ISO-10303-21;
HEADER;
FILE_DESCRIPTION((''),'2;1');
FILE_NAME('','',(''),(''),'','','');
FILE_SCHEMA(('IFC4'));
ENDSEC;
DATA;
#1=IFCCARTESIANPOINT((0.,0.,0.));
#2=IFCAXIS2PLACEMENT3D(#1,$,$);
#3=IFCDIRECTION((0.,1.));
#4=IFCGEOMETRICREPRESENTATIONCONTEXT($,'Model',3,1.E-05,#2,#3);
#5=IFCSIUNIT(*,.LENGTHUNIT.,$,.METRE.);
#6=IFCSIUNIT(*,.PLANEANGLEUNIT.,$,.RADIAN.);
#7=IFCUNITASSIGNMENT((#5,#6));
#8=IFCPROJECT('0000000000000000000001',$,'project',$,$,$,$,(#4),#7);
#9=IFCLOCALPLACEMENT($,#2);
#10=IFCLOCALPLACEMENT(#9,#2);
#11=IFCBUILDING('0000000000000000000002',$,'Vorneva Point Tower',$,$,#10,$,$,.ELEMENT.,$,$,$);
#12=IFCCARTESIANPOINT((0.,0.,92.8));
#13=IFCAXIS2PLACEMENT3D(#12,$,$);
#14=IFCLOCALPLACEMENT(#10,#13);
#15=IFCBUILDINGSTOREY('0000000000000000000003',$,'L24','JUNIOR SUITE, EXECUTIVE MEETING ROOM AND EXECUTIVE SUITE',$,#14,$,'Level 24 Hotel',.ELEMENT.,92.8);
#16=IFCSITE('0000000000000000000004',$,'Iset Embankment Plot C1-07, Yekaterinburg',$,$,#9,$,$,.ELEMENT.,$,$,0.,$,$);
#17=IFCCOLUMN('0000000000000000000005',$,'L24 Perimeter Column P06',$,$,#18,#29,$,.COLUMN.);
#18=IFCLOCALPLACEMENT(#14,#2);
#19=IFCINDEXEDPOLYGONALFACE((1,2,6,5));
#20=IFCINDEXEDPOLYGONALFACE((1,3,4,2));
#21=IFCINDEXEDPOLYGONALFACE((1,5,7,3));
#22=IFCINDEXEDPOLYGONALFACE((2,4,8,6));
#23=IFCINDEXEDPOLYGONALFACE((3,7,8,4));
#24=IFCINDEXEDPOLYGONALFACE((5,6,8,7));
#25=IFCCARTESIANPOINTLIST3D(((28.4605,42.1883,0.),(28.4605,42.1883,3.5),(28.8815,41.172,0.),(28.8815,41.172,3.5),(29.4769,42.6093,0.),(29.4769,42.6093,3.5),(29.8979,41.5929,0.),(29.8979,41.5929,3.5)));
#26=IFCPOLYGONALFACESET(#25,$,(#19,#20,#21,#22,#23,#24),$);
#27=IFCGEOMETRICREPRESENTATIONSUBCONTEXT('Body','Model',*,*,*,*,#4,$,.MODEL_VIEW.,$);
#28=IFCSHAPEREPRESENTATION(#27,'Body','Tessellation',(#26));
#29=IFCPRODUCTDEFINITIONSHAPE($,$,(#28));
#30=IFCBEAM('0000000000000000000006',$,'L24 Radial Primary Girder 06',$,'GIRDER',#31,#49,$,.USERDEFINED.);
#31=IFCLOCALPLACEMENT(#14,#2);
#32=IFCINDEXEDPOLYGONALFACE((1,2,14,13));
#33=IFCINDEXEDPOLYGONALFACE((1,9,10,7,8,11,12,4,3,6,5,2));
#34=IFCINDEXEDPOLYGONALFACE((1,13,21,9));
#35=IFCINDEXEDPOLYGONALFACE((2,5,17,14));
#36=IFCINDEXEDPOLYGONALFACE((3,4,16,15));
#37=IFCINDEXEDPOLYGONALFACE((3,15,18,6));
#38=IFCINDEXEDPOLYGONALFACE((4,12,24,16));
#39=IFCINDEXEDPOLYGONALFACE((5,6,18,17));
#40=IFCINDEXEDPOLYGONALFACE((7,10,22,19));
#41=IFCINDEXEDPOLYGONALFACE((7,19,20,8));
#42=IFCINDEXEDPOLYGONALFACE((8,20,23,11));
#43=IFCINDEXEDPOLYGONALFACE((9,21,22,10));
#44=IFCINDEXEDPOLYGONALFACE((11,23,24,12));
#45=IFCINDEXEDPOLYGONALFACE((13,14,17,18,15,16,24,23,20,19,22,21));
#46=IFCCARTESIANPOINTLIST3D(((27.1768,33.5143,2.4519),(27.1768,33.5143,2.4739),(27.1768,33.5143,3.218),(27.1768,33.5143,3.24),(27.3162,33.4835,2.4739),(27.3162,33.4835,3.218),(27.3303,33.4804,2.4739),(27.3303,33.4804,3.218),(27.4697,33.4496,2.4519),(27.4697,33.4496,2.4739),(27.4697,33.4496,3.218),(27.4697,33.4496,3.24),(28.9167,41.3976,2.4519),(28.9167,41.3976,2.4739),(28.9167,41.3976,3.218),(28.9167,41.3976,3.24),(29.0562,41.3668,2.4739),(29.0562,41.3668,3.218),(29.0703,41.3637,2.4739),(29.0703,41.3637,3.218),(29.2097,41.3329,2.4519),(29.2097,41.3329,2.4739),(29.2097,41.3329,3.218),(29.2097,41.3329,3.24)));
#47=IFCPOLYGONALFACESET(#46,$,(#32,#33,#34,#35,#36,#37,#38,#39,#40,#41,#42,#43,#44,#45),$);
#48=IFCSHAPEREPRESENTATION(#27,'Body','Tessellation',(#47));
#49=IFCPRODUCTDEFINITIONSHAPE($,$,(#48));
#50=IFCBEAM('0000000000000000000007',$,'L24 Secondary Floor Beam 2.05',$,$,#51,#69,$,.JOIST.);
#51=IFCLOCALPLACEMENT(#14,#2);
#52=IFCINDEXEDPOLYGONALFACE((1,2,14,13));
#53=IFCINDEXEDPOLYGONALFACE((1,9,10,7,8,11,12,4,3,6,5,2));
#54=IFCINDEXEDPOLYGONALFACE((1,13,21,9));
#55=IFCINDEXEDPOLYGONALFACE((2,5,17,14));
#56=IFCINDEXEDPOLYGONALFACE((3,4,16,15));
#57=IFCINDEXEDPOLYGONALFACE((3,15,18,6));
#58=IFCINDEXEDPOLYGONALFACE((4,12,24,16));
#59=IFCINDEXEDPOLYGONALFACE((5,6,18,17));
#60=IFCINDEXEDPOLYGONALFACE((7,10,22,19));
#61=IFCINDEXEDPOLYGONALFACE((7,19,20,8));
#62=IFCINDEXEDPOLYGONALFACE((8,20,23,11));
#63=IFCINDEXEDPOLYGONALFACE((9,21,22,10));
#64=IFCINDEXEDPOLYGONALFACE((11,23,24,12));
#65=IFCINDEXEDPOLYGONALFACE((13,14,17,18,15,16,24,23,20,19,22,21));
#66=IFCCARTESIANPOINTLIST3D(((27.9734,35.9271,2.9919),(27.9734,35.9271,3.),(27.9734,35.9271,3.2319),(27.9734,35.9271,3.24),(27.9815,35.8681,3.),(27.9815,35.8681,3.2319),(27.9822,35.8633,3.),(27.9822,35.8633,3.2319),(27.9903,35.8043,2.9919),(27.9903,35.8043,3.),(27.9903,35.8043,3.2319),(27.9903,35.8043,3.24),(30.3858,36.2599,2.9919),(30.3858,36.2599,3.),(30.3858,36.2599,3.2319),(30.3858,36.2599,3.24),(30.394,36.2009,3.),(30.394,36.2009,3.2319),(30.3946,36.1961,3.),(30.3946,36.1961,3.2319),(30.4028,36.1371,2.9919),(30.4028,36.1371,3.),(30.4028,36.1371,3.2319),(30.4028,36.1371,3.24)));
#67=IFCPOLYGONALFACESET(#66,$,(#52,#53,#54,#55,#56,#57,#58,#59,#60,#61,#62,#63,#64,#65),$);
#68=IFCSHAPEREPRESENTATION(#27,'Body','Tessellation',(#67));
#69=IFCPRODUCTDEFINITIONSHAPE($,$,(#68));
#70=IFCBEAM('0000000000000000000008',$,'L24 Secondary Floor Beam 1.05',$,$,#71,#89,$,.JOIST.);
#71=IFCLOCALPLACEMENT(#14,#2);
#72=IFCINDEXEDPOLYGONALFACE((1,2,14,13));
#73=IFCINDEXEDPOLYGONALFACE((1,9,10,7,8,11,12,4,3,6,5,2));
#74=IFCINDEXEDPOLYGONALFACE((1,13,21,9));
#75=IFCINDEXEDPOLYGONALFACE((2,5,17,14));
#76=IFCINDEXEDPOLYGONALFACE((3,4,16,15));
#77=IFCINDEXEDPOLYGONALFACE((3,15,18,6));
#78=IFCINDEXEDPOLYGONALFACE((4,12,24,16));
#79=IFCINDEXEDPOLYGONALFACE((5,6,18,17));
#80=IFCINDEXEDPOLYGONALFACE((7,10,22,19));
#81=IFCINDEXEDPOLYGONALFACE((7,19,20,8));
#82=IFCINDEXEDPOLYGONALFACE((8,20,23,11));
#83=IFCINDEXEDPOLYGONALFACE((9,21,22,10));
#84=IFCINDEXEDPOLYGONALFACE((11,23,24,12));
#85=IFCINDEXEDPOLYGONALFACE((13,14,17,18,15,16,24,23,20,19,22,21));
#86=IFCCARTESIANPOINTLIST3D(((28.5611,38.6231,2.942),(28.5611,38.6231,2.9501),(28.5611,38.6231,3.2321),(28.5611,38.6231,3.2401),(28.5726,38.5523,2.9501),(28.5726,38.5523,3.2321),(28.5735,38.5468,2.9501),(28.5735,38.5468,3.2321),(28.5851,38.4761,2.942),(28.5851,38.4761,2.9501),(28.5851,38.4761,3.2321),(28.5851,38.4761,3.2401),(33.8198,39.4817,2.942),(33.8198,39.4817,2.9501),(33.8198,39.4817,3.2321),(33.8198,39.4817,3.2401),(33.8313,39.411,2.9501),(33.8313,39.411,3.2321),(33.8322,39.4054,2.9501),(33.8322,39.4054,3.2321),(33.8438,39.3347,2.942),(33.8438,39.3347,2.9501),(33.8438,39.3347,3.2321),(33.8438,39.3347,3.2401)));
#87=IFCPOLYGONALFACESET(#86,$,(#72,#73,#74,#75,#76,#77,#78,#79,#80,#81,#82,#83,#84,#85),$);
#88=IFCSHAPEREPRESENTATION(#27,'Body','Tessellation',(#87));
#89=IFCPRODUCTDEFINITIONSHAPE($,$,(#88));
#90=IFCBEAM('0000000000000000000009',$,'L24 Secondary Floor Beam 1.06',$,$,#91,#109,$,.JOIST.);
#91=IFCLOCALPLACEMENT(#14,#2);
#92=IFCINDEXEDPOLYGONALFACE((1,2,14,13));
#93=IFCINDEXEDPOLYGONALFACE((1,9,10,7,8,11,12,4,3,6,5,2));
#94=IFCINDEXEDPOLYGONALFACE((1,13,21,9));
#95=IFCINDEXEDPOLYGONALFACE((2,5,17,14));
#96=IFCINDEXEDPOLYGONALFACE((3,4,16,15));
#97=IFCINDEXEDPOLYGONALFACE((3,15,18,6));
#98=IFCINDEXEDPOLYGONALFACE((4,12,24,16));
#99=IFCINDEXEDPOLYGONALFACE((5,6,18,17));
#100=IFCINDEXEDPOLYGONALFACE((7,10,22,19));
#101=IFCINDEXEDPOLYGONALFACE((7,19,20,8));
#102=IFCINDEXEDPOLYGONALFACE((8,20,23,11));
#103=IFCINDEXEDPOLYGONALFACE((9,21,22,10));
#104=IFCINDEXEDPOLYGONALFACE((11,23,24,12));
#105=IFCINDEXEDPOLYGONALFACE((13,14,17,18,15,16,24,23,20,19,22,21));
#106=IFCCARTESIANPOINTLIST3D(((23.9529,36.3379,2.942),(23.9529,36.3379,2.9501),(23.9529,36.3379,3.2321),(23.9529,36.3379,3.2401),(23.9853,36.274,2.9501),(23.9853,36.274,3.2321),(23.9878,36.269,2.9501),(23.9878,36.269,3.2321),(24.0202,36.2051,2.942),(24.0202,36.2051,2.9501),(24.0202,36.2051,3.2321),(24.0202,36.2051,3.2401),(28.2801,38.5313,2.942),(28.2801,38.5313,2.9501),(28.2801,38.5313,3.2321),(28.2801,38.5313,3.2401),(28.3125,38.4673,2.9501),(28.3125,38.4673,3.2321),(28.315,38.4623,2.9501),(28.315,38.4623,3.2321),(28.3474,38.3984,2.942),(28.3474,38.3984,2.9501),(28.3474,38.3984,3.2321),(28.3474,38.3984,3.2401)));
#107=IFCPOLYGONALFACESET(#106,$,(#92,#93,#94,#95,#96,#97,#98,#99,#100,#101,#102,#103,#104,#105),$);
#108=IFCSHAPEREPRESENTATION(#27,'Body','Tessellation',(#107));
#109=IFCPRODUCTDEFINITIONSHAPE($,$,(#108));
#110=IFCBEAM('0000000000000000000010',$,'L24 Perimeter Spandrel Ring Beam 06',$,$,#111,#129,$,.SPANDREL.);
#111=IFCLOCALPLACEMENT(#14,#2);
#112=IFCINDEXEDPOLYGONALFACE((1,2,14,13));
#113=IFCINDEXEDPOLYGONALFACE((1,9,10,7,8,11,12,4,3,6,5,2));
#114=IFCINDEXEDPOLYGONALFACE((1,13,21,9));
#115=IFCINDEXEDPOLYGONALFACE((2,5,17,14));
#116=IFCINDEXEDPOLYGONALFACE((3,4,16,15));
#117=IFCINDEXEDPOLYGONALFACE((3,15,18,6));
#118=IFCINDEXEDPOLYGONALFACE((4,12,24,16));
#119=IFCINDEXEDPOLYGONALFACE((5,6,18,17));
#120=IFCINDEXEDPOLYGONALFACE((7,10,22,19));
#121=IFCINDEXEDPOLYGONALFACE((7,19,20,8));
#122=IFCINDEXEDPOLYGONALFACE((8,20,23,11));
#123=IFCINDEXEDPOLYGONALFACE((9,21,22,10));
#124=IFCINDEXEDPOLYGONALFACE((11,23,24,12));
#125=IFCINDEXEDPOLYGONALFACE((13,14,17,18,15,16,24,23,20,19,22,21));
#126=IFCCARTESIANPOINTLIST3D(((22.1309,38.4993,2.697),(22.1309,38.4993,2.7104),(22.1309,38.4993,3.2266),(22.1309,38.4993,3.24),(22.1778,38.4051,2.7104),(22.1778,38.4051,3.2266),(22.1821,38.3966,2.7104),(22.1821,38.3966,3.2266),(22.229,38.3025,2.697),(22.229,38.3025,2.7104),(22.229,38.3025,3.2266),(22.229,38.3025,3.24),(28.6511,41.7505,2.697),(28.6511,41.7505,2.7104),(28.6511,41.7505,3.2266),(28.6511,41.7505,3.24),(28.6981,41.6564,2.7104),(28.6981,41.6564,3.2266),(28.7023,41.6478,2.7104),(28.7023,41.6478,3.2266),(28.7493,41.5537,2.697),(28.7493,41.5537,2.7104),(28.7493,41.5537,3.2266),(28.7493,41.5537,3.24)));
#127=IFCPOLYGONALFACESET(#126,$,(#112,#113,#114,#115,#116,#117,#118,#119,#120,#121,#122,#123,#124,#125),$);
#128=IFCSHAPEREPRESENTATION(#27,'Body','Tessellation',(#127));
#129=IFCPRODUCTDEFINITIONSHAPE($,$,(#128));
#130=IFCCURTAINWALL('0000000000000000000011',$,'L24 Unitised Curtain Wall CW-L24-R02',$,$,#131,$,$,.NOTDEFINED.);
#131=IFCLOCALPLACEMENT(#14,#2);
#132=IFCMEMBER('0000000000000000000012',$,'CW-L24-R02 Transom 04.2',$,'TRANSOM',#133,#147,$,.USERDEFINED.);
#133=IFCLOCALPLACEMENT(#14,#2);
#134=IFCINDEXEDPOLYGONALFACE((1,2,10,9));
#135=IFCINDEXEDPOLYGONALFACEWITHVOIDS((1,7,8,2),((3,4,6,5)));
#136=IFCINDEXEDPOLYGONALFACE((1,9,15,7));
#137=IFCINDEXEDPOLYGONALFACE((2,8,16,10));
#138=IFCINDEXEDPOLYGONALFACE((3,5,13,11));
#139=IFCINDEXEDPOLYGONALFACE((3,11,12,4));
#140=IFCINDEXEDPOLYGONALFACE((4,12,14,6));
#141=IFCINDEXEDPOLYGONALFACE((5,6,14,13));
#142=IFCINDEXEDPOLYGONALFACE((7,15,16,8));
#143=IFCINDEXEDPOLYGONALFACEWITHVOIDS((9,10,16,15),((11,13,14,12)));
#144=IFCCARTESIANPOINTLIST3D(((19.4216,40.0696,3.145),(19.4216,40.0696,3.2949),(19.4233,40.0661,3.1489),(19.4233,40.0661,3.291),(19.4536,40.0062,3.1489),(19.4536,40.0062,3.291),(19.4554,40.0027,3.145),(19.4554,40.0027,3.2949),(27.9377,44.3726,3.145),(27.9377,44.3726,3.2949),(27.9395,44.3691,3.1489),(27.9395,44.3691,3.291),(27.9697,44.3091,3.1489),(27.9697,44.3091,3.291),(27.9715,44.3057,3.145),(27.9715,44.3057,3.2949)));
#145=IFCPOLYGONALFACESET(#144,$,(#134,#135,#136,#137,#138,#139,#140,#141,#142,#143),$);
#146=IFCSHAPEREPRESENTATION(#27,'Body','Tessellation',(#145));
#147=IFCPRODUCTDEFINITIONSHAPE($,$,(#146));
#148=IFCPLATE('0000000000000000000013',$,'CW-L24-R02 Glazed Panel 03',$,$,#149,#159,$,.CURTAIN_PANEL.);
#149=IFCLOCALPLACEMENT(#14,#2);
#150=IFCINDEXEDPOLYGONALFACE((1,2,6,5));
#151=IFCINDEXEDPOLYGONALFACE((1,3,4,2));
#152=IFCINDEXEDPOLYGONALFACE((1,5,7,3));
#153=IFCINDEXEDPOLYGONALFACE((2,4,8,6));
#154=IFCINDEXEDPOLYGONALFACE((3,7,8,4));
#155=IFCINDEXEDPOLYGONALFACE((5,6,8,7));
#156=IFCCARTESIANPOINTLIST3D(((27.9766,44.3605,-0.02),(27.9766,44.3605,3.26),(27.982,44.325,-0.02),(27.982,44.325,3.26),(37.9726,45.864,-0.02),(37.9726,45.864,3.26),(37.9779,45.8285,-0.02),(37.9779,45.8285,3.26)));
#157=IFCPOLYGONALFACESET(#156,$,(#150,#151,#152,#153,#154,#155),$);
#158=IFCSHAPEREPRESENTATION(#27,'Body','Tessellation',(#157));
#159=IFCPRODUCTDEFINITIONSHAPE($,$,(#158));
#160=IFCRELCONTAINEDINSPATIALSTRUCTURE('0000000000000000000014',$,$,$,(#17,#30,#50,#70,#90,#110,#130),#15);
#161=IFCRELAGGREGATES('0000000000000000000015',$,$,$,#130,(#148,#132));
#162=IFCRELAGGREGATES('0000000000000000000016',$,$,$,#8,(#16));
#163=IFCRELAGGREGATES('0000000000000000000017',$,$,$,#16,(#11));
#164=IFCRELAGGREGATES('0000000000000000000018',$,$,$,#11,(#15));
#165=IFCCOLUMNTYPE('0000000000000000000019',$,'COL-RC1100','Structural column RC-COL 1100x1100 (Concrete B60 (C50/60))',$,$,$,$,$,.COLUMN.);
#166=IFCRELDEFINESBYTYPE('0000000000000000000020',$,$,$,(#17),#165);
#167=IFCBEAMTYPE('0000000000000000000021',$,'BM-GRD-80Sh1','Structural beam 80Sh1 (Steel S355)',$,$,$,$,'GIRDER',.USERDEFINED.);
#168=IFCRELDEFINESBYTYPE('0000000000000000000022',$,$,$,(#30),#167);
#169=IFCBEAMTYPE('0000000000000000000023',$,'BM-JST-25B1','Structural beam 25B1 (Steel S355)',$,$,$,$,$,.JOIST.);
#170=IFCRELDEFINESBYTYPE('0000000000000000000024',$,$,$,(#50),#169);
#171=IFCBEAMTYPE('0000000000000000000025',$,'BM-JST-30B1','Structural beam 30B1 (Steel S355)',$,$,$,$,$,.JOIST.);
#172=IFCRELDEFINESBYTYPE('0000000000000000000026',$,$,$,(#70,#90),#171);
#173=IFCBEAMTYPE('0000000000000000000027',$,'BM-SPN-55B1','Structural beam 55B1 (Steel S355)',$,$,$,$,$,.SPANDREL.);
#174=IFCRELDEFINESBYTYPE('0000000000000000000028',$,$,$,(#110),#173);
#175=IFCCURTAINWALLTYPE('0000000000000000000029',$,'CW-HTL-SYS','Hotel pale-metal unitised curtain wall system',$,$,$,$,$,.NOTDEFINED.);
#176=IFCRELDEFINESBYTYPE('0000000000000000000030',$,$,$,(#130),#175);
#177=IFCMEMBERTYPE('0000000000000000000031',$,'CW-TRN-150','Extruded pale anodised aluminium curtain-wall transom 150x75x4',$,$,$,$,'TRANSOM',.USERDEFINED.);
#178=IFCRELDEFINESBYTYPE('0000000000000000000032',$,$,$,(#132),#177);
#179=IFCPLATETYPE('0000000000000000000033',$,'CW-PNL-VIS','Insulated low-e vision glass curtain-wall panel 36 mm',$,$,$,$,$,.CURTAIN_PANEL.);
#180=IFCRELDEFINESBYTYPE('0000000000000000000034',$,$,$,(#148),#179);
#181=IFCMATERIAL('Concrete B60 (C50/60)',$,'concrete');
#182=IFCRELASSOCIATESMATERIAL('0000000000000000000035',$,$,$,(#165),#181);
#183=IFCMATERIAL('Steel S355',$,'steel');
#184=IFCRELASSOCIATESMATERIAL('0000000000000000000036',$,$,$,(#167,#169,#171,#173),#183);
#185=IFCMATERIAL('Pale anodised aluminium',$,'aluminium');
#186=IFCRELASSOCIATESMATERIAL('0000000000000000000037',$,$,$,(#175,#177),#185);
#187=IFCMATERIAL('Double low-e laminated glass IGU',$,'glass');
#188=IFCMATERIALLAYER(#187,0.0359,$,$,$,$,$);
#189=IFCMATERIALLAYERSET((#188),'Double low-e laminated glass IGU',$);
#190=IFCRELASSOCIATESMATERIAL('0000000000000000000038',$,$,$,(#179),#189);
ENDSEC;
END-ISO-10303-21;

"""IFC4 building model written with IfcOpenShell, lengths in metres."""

from ifc_helpers import new_model, si_unit, direction, frame, origin, origin_2d, place, context, subcontext, project, spatial, rectangle, hollow_rectangle, i_section, extrude, material, layer, layer_set, material_profile, profile_set, type_object, element, aggregate, save


model = new_model("IFC4")

# Units and contexts
model_context = context("Model", 3, precision=1e-05, world=origin(), true_north=direction((0.0, 1.0)))
body_context = subcontext(model_context, "Body", "Model", "MODEL_VIEW")
ifc_project = project(units=[si_unit("LENGTHUNIT", "METRE"), si_unit("PLANEANGLEUNIT", "RADIAN")], contexts=[model_context])

# Site, building, storey
site_placement = place(None, origin())
site = spatial("IfcSite", under=ifc_project, at=site_placement, Name="Iset Embankment Plot C1-07, Yekaterinburg", CompositionType="ELEMENT", RefElevation=0.0)
building_placement = place(site_placement, origin())
building = spatial("IfcBuilding", under=site, at=building_placement, Name="Vorneva Point Tower", CompositionType="ELEMENT")
storey_placement = place(building_placement, frame((0.0, 0.0, 92.8)))
storey = spatial("IfcBuildingStorey", under=building, at=storey_placement, Name="L24", Description="JUNIOR SUITE, EXECUTIVE MEETING ROOM AND EXECUTIVE SUITE", LongName="Level 24 Hotel", CompositionType="ELEMENT", Elevation=92.8)

# Column
ifc_material_1 = material(Name="Concrete B60 (C50/60)", Category="concrete")
ifc_material_profile_1 = material_profile(ifc_material_1, rectangle(XDim=1.1001, YDim=1.1001, at=origin_2d()), Name="RC-COL 1100x1100")
ifc_profile_set_1 = profile_set([ifc_material_profile_1], Name="Concrete B60 (C50/60)")
column_type = type_object("IfcColumnType", Name="COL-RC1100", Description="Structural column RC-COL 1100x1100 (Concrete B60 (C50/60))", PredefinedType="COLUMN", material=ifc_profile_set_1)
column_placement = place(storey_placement, frame((29.1792, 41.8906, 0.0), z_axis=(0.0, 0.0, 1.0), x_axis=(-0.382683, 0.92388, 0.0)))
element("IfcColumn", 1, at=column_placement, inside=storey, type_object=column_type, Name="L24 Perimeter Column P06", PredefinedType="COLUMN", context=body_context, shape_type="SweptSolid", body=[
    extrude(rectangle(XDim=1.1001, YDim=1.1001, at=origin_2d()), origin(), (0.0, 0.0, 1.0), 3.5),
])

# Beams
ifc_material_2 = material(Name="Steel S355", Category="steel")
ifc_material_profile_2 = material_profile(ifc_material_2, i_section(OverallWidth=0.3, OverallDepth=0.7881, WebThickness=0.0144, FlangeThickness=0.022, at=origin_2d()), Name="80Sh1")
ifc_profile_set_2 = profile_set([ifc_material_profile_2], Name="Steel S355")
beam_type_1 = type_object("IfcBeamType", Name="BM-GRD-80Sh1", Description="Structural beam 80Sh1 (Steel S355)", ElementType="GIRDER", PredefinedType="USERDEFINED", material=ifc_profile_set_2)
beam_1_placement = place(storey_placement, frame((29.0632, 41.3652, 2.8459), z_axis=(-0.215531, -0.976497, 0.0), x_axis=(0.976497, -0.215531, 0.0)))
element("IfcBeam", 2, at=beam_1_placement, inside=storey, type_object=beam_type_1, Name="L24 Radial Primary Girder 06", ObjectType="GIRDER", PredefinedType="USERDEFINED", context=body_context, shape_type="SweptSolid", body=[
    extrude(i_section(OverallWidth=0.3, OverallDepth=0.7881, WebThickness=0.0144, FlangeThickness=0.022, at=origin_2d()), origin(), (0.0, 0.0, 1.0), 8.073),
])
ifc_material_profile_3 = material_profile(ifc_material_2, i_section(OverallWidth=0.124, OverallDepth=0.248, WebThickness=0.0049, FlangeThickness=0.0081, at=origin_2d()), Name="25B1")
ifc_profile_set_3 = profile_set([ifc_material_profile_3], Name="Steel S355")
beam_type_2 = type_object("IfcBeamType", Name="BM-JST-25B1", Description="Structural beam 25B1 (Steel S355)", PredefinedType="JOIST", material=ifc_profile_set_3)
beam_2_placement = place(storey_placement, frame((30.3943, 36.1985, 3.116), z_axis=(-0.99062, -0.136648, 0.0), x_axis=(0.136648, -0.99062, 0.0)))
element("IfcBeam", 3, at=beam_2_placement, inside=storey, type_object=beam_type_2, Name="L24 Secondary Floor Beam 2.05", PredefinedType="JOIST", context=body_context, shape_type="SweptSolid", body=[
    extrude(i_section(OverallWidth=0.124, OverallDepth=0.248, WebThickness=0.0049, FlangeThickness=0.0081, at=origin_2d()), origin(), (0.0, 0.0, 1.0), 2.4353),
])
ifc_material_profile_4 = material_profile(ifc_material_2, i_section(OverallWidth=0.1489, OverallDepth=0.2981, WebThickness=0.0056, FlangeThickness=0.0081, at=origin_2d()), Name="30B1")
ifc_profile_set_4 = profile_set([ifc_material_profile_4], Name="Steel S355")
beam_type_3 = type_object("IfcBeamType", Name="BM-JST-30B1", Description="Structural beam 30B1 (Steel S355)", PredefinedType="JOIST", material=ifc_profile_set_4)
beam_3_placement = place(storey_placement, frame((33.8318, 39.4082, 3.0911), z_axis=(-0.986931, -0.161144, 0.0), x_axis=(0.161144, -0.986931, 0.0)))
element("IfcBeam", 4, at=beam_3_placement, inside=storey, type_object=beam_type_3, Name="L24 Secondary Floor Beam 1.05", PredefinedType="JOIST", context=body_context, shape_type="SweptSolid", body=[
    extrude(i_section(OverallWidth=0.1489, OverallDepth=0.2981, WebThickness=0.0056, FlangeThickness=0.0081, at=origin_2d()), origin(), (0.0, 0.0, 1.0), 5.3284),
])
beam_4_placement = place(storey_placement, frame((28.3137, 38.4648, 3.0911), z_axis=(-0.891958, -0.452119, 0.0), x_axis=(0.452119, -0.891958, 0.0)))
element("IfcBeam", 5, at=beam_4_placement, inside=storey, type_object=beam_type_3, Name="L24 Secondary Floor Beam 1.06", PredefinedType="JOIST", context=body_context, shape_type="SweptSolid", body=[
    extrude(i_section(OverallWidth=0.1489, OverallDepth=0.2981, WebThickness=0.0056, FlangeThickness=0.0081, at=origin_2d()), origin(), (0.0, 0.0, 1.0), 4.8513),
])
ifc_material_profile_5 = material_profile(ifc_material_2, i_section(OverallWidth=0.22, OverallDepth=0.543, WebThickness=0.0095, FlangeThickness=0.0134, at=origin_2d()), Name="55B1")
ifc_profile_set_5 = profile_set([ifc_material_profile_5], Name="Steel S355")
beam_type_4 = type_object("IfcBeamType", Name="BM-SPN-55B1", Description="Structural beam 55B1 (Steel S355)", PredefinedType="SPANDREL", material=ifc_profile_set_5)
beam_5_placement = place(storey_placement, frame((28.7002, 41.6521, 2.9685), z_axis=(-0.894916, -0.446235, 0.0), x_axis=(0.446235, -0.894916, 0.0)))
element("IfcBeam", 6, at=beam_5_placement, inside=storey, type_object=beam_type_4, Name="L24 Perimeter Spandrel Ring Beam 06", PredefinedType="SPANDREL", context=body_context, shape_type="SweptSolid", body=[
    extrude(i_section(OverallWidth=0.22, OverallDepth=0.543, WebThickness=0.0095, FlangeThickness=0.0134, at=origin_2d()), origin(), (0.0, 0.0, 1.0), 7.2859),
])

# Curtain wall, member, plate
ifc_material_3 = material(Name="Pale anodised aluminium", Category="aluminium")
curtain_wall_type = type_object("IfcCurtainWallType", Name="CW-HTL-SYS", Description="Hotel pale-metal unitised curtain wall system", PredefinedType="NOTDEFINED", material=ifc_material_3)
curtain_wall_placement = place(storey_placement, origin())
curtain_wall = element("IfcCurtainWall", 7, at=curtain_wall_placement, inside=storey, type_object=curtain_wall_type, Name="L24 Unitised Curtain Wall CW-L24-R02", PredefinedType="NOTDEFINED")
ifc_material_profile_6 = material_profile(ifc_material_3, hollow_rectangle(XDim=0.075, YDim=0.1499, WallThickness=0.0039, at=origin_2d()), Name="AL-TRN 150x75x4")
ifc_profile_set_6 = profile_set([ifc_material_profile_6], Name="Pale anodised aluminium")
member_type = type_object("IfcMemberType", Name="CW-TRN-150", Description="Extruded pale anodised aluminium curtain-wall transom 150x75x4", ElementType="TRANSOM", PredefinedType="USERDEFINED", material=ifc_profile_set_6)
member_placement = place(storey_placement, frame((27.9546, 44.3391, 3.22), z_axis=(-0.892536, -0.450976, 0.0), x_axis=(0.450976, -0.892536, 0.0)))
member = element("IfcMember", 8, at=member_placement, type_object=member_type, Name="CW-L24-R02 Transom 04.2", ObjectType="TRANSOM", PredefinedType="USERDEFINED", context=body_context, shape_type="SweptSolid", body=[
    extrude(hollow_rectangle(XDim=0.075, YDim=0.1499, WallThickness=0.0039, at=origin_2d()), origin(), (0.0, 0.0, 1.0), 9.5415),
])
ifc_material_4 = material(Name="Double low-e laminated glass IGU", Category="glass")
ifc_layer_1 = layer(ifc_material_4, 0.0359)
ifc_layer_set_1 = layer_set([ifc_layer_1], Name="Double low-e laminated glass IGU")
plate_type = type_object("IfcPlateType", Name="CW-PNL-VIS", Description="Insulated low-e vision glass curtain-wall panel 36 mm", PredefinedType="CURTAIN_PANEL", material=ifc_layer_set_1)
plate_placement = place(storey_placement, frame((32.9773, 45.0945, -0.02), z_axis=(0.0, 0.0, 1.0), x_axis=(-0.988876, -0.148741, 0.0)))
plate = element("IfcPlate", 9, at=plate_placement, type_object=plate_type, Name="CW-L24-R02 Glazed Panel 03", PredefinedType="CURTAIN_PANEL", context=body_context, shape_type="SweptSolid", body=[
    extrude(rectangle(XDim=10.1084, YDim=0.0359, at=origin_2d()), origin(), (0.0, 0.0, 1.0), 3.28),
])
aggregate(curtain_wall, [plate, member])

save(model, "model.ifc")
